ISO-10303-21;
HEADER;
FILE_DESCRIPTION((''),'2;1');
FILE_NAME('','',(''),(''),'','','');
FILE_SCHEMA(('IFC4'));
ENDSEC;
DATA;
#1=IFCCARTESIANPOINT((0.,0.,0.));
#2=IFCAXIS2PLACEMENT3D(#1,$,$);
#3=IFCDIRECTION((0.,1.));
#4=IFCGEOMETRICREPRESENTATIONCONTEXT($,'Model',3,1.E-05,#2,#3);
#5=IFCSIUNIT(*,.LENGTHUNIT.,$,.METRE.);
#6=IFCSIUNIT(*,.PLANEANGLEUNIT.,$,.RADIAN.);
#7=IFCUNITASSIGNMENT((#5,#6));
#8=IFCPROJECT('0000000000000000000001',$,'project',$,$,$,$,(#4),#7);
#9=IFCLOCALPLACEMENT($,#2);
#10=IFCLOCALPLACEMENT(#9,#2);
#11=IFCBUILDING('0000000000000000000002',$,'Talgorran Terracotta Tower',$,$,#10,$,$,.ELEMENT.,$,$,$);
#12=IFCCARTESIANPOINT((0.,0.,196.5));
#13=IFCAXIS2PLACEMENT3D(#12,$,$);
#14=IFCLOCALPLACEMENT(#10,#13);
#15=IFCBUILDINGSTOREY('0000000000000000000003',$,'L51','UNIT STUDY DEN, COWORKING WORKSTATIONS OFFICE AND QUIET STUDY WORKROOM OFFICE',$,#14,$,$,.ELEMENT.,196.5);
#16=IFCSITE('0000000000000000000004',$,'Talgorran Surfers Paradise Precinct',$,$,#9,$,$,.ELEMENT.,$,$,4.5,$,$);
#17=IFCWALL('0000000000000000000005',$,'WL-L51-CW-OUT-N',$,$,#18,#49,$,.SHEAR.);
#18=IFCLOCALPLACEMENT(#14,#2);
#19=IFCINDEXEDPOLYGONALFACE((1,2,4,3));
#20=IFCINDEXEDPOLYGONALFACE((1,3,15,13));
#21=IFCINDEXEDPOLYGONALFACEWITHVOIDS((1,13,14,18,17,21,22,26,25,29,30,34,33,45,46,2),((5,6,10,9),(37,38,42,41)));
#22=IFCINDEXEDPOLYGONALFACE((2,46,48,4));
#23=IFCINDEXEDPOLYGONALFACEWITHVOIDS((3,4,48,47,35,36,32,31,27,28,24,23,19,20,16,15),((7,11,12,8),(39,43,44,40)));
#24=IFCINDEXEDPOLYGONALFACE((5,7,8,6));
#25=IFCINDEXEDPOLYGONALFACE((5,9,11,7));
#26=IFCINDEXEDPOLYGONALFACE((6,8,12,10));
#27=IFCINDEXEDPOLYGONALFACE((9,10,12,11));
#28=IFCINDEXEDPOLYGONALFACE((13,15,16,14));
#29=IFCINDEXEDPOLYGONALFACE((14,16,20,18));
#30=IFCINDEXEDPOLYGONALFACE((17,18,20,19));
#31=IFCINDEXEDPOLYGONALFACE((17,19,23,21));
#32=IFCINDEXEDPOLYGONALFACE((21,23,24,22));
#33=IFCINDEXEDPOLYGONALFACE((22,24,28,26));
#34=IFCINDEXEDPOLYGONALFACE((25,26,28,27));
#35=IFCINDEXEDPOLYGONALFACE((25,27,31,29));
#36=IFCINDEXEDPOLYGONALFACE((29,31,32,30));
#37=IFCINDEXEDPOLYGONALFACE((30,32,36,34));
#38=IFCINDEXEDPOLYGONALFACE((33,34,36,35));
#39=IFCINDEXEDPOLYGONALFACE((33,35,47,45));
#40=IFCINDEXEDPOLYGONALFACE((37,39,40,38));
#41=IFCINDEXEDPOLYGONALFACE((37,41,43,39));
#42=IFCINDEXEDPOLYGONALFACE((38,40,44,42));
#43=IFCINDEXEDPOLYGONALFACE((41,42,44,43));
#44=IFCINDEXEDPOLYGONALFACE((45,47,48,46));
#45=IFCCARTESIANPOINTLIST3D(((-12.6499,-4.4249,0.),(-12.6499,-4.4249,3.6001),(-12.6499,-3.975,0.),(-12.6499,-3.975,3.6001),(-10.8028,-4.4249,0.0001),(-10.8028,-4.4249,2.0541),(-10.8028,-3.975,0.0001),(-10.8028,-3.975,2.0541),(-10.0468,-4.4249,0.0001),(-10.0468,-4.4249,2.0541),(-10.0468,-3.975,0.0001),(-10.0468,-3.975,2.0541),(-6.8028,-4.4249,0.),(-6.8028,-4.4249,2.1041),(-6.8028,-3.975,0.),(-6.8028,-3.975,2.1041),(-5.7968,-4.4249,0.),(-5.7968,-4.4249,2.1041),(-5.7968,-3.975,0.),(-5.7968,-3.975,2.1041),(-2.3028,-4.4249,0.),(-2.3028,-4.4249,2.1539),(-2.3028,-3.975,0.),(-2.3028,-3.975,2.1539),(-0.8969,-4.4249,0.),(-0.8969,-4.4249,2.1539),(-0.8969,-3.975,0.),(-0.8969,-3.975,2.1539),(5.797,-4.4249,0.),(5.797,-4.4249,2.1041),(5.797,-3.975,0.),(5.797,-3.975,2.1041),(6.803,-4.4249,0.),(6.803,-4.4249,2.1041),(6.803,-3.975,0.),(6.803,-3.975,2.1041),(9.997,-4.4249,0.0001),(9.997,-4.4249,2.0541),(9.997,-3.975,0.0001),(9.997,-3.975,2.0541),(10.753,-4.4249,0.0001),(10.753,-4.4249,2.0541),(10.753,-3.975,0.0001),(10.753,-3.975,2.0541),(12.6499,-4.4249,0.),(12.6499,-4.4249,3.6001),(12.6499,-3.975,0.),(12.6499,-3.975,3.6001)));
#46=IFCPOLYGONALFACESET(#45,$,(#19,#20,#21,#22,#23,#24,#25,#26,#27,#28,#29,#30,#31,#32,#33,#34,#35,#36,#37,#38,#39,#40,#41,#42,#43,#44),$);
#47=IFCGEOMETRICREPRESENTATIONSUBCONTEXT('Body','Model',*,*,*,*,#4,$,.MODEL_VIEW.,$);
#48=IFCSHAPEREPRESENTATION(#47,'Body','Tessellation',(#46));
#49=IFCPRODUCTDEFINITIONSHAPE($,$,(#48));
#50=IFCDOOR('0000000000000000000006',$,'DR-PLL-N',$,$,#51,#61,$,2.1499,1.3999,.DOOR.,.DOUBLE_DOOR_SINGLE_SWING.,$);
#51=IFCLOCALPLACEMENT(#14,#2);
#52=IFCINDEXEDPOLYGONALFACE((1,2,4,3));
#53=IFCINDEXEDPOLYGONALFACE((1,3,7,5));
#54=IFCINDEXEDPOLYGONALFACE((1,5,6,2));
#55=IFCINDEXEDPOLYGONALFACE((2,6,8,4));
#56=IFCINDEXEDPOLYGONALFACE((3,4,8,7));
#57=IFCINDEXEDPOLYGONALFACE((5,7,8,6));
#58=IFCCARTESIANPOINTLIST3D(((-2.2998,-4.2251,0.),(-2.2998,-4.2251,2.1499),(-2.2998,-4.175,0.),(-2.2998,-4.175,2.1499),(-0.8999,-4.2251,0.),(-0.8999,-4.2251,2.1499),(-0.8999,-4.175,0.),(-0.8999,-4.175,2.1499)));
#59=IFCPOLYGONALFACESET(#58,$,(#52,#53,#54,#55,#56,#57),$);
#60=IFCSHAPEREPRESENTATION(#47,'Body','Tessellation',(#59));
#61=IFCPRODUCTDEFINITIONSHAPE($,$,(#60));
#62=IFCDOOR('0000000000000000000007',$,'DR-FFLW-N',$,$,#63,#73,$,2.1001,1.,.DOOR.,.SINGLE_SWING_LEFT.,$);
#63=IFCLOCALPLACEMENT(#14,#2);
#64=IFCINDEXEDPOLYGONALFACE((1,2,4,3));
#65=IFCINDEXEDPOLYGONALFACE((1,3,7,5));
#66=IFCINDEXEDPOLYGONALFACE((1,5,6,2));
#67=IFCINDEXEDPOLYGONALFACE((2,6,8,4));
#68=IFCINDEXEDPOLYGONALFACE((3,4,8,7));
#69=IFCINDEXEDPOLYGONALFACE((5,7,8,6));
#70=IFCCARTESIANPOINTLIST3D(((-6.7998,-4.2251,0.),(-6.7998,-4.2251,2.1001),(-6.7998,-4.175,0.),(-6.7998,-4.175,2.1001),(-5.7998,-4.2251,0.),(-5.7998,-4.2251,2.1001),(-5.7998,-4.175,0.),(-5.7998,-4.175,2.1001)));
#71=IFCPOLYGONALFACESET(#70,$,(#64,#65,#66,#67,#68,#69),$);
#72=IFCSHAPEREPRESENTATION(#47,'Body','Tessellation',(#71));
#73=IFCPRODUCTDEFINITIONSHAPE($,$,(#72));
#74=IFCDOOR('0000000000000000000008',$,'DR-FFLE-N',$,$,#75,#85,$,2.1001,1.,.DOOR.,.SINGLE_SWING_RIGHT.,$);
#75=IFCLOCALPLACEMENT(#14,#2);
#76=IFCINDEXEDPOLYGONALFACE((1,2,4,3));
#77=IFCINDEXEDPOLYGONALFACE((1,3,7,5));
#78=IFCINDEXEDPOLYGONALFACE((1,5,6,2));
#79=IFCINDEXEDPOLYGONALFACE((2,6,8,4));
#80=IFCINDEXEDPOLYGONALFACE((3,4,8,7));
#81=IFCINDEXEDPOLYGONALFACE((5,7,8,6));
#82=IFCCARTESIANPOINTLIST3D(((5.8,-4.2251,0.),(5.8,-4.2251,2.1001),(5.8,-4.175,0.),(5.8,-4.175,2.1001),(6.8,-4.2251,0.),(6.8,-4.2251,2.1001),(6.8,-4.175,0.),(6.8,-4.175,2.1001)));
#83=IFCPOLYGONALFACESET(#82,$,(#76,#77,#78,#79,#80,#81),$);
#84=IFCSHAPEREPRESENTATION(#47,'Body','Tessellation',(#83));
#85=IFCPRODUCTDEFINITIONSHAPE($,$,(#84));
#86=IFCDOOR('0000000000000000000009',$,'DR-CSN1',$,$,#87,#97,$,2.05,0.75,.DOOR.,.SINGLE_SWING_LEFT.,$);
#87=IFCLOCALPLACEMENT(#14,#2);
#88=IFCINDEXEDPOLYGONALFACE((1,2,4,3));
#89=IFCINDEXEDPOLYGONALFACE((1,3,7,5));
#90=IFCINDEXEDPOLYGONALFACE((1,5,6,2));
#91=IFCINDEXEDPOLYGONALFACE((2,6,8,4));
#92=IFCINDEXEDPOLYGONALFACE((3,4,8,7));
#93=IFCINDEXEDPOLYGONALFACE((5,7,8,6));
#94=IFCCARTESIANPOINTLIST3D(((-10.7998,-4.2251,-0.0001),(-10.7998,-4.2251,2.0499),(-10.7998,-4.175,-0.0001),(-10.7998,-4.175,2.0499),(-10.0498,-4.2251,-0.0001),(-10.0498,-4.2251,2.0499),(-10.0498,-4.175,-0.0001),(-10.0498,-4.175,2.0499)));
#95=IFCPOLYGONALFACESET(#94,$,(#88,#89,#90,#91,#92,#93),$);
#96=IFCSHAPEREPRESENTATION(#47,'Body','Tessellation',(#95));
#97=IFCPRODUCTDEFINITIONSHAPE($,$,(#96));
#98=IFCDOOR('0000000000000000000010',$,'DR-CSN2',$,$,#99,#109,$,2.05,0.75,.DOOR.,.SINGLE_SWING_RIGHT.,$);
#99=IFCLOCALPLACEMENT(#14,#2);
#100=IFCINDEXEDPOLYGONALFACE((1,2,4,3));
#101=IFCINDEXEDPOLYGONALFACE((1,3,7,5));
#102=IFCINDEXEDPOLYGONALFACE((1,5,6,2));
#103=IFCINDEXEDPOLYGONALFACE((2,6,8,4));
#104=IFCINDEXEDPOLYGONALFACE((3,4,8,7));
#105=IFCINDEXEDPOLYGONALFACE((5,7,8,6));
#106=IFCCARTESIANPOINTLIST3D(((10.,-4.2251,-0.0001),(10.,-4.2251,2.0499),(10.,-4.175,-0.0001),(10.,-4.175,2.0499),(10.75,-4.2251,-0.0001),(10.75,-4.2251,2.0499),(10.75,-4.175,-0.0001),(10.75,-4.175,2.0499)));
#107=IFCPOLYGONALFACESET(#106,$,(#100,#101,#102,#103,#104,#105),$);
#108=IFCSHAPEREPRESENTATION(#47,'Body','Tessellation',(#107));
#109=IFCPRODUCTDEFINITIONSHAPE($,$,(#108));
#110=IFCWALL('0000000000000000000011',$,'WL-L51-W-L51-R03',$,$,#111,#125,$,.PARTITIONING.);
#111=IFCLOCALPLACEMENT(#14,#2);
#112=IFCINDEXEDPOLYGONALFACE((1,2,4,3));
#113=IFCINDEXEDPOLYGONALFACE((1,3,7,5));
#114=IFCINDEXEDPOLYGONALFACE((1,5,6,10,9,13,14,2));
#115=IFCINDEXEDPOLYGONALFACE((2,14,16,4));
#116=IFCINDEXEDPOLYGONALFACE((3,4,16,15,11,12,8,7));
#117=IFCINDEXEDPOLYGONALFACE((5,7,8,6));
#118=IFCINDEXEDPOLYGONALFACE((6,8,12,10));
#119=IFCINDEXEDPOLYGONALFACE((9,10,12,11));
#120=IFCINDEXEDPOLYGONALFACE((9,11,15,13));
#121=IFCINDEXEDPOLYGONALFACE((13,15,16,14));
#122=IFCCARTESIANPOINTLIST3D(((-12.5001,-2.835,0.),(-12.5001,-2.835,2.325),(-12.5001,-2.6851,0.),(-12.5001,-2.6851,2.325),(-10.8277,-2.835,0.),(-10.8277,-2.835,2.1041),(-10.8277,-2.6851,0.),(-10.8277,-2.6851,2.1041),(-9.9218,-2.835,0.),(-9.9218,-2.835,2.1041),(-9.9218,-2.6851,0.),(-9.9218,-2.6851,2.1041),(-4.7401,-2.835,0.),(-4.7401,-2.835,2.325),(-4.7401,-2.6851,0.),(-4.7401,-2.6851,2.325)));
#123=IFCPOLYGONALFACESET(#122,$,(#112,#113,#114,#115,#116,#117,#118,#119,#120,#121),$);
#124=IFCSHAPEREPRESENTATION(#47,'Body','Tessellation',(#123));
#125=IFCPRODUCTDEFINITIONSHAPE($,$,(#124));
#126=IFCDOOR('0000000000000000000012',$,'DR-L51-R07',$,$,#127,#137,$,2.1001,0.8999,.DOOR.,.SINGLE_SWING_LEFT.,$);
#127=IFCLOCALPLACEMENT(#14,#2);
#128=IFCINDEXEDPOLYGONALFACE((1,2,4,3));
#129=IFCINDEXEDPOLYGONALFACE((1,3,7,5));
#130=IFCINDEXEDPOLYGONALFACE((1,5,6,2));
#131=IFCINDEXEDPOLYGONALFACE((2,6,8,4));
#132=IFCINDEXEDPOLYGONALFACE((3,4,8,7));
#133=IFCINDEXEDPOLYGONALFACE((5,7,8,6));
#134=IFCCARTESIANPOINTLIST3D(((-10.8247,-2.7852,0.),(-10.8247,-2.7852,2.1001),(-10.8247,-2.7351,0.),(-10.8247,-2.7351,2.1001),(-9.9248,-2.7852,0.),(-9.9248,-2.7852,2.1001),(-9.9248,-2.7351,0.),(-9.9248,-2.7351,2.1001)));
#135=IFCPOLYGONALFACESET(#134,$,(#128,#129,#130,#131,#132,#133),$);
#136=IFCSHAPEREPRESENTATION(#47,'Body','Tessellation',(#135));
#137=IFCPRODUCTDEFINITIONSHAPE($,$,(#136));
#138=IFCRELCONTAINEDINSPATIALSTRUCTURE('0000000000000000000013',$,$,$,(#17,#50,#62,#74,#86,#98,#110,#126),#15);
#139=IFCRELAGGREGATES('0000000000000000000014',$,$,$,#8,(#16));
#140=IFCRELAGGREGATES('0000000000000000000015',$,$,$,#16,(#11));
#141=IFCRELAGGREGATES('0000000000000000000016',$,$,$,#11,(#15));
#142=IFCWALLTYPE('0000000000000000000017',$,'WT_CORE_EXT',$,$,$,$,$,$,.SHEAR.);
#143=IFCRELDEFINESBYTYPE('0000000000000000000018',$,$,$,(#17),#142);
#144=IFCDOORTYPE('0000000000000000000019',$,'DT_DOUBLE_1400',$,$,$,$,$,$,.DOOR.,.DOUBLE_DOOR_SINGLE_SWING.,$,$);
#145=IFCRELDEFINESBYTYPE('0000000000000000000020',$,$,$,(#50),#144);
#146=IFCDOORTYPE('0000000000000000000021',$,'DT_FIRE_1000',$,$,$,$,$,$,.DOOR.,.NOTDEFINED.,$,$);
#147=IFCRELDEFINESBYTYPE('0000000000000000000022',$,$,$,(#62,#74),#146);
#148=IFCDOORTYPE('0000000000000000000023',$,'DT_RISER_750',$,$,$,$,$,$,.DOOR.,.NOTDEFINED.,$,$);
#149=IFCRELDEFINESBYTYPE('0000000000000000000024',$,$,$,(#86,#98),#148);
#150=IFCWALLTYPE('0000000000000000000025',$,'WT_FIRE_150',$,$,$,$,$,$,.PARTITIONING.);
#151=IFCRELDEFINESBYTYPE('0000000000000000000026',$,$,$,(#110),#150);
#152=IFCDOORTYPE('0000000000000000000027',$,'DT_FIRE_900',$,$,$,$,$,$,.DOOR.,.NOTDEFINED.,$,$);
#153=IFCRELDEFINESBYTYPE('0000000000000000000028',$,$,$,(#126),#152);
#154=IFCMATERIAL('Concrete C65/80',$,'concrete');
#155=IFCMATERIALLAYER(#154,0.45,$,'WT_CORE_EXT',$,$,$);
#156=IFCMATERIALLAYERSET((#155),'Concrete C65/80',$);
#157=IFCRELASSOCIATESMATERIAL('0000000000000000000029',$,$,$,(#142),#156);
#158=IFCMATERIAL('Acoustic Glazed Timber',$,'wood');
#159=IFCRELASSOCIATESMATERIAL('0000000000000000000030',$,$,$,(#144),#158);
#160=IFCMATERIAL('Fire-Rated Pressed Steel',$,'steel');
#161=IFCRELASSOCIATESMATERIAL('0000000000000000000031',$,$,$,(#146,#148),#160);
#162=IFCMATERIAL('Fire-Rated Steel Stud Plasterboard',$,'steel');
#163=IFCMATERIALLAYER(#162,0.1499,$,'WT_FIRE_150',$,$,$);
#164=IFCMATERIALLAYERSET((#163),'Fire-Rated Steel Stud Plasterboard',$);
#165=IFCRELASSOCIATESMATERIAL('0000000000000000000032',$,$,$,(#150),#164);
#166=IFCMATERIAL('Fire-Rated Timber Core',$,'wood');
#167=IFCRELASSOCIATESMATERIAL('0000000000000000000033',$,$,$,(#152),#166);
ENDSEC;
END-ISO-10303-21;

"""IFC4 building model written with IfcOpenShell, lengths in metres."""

from ifc_helpers import new_model, si_unit, direction, frame, frame_2d, origin, place, context, subcontext, project, spatial, rectangle, extrude, material, layer, layer_set, type_object, element, fill, save


model = new_model("IFC4")

# Units and contexts
model_context = context("Model", 3, precision=1e-05, world=origin(), true_north=direction((0.0, 1.0)))
body_context = subcontext(model_context, "Body", "Model", "MODEL_VIEW")
ifc_project = project(units=[si_unit("LENGTHUNIT", "METRE"), si_unit("PLANEANGLEUNIT", "RADIAN")], contexts=[model_context])

# Site, building, storey
site_placement = place(None, origin())
site = spatial("IfcSite", under=ifc_project, at=site_placement, Name="Talgorran Surfers Paradise Precinct", CompositionType="ELEMENT", RefElevation=4.5)
building_placement = place(site_placement, origin())
building = spatial("IfcBuilding", under=site, at=building_placement, Name="Talgorran Terracotta Tower", CompositionType="ELEMENT")
storey_placement = place(building_placement, frame((0.0, 0.0, 196.5)))
storey = spatial("IfcBuildingStorey", under=building, at=storey_placement, Name="L51", Description="UNIT STUDY DEN, COWORKING WORKSTATIONS OFFICE AND QUIET STUDY WORKROOM OFFICE", CompositionType="ELEMENT", Elevation=196.5)

# Wall, openings, doors
ifc_material_1 = material(Name="Concrete C65/80", Category="concrete")
ifc_layer_1 = layer(ifc_material_1, 0.45, Name="WT_CORE_EXT")
ifc_layer_set_1 = layer_set([ifc_layer_1], Name="Concrete C65/80")
wall_type_1 = type_object("IfcWallType", Name="WT_CORE_EXT", PredefinedType="SHEAR", material=ifc_layer_set_1)
wall_1_placement = place(storey_placement, frame((-12.6499, -4.2, 0.0), z_axis=(0.0, 0.0, 1.0), x_axis=(1.0, 0.0, 0.0)))
wall_1 = element("IfcWall", 1, at=wall_1_placement, inside=storey, type_object=wall_type_1, Name="WL-L51-CW-OUT-N", PredefinedType="SHEAR", context=body_context, shape_type="SweptSolid", body=[
    extrude(rectangle(XDim=25.2998, YDim=0.45, at=frame_2d((12.6499, 0.0))), origin(), (0.0, 0.0, 1.0), 3.6001),
])
opening_1_placement = place(wall_1_placement, frame((1.8501, 0.0, 0.0)))
opening_1 = element("IfcOpeningElement", 2, at=opening_1_placement, cuts=wall_1, PredefinedType="OPENING", context=body_context, shape_type="SweptSolid", body=[
    extrude(rectangle(XDim=0.756, YDim=2.054, at=frame_2d((0.375, 1.0271))), frame((0.0, 0.2349, 0.0), z_axis=(0.0, -1.0, 0.0), x_axis=(1.0, 0.0, 0.0)), (0.0, 0.0, 1.0), 0.47),
])
opening_2_placement = place(wall_1_placement, frame((22.6499, 0.0, 0.0)))
opening_2 = element("IfcOpeningElement", 3, at=opening_2_placement, cuts=wall_1, PredefinedType="OPENING", context=body_context, shape_type="SweptSolid", body=[
    extrude(rectangle(XDim=0.756, YDim=2.054, at=frame_2d((0.375, 1.0271))), frame((0.0, 0.2349, 0.0), z_axis=(0.0, -1.0, 0.0), x_axis=(1.0, 0.0, 0.0)), (0.0, 0.0, 1.0), 0.47),
])
opening_3_placement = place(wall_1_placement, frame((5.8501, 0.0, 0.0)))
opening_3 = element("IfcOpeningElement", 4, at=opening_3_placement, cuts=wall_1, PredefinedType="OPENING", context=body_context, shape_type="SweptSolid", body=[
    extrude(rectangle(XDim=1.006, YDim=2.1041, at=frame_2d((0.5, 1.052))), frame((0.0, 0.2349, 0.0), z_axis=(0.0, -1.0, 0.0), x_axis=(1.0, 0.0, 0.0)), (0.0, 0.0, 1.0), 0.47),
])
opening_4_placement = place(wall_1_placement, frame((10.3501, 0.0, 0.0)))
opening_4 = element("IfcOpeningElement", 5, at=opening_4_placement, cuts=wall_1, PredefinedType="OPENING", context=body_context, shape_type="SweptSolid", body=[
    extrude(rectangle(XDim=1.4059, YDim=2.1539, at=frame_2d((0.7, 1.0769))), frame((0.0, 0.2349, 0.0), z_axis=(0.0, -1.0, 0.0), x_axis=(1.0, 0.0, 0.0)), (0.0, 0.0, 1.0), 0.47),
])
opening_5_placement = place(wall_1_placement, frame((18.45, 0.0, 0.0)))
opening_5 = element("IfcOpeningElement", 6, at=opening_5_placement, cuts=wall_1, PredefinedType="OPENING", context=body_context, shape_type="SweptSolid", body=[
    extrude(rectangle(XDim=1.006, YDim=2.1041, at=frame_2d((0.5, 1.052))), frame((0.0, 0.2349, 0.0), z_axis=(0.0, -1.0, 0.0), x_axis=(1.0, 0.0, 0.0)), (0.0, 0.0, 1.0), 0.47),
])
ifc_material_2 = material(Name="Acoustic Glazed Timber", Category="wood")
door_type_1 = type_object("IfcDoorType", Name="DT_DOUBLE_1400", OperationType="DOUBLE_DOOR_SINGLE_SWING", PredefinedType="DOOR", material=ifc_material_2)
door_1_placement = place(opening_4_placement, origin())
door_1 = element("IfcDoor", 7, at=door_1_placement, inside=storey, type_object=door_type_1, Name="DR-PLL-N", OperationType="DOUBLE_DOOR_SINGLE_SWING", OverallHeight=2.1499, OverallWidth=1.3999, PredefinedType="DOOR", context=body_context, shape_type="SweptSolid", body=[
    extrude(rectangle(XDim=1.3999, YDim=2.1499, at=frame_2d((0.7, 1.075))), frame((0.0, 0.0249, 0.0), z_axis=(0.0, -1.0, 0.0), x_axis=(1.0, 0.0, 0.0)), (0.0, 0.0, 1.0), 0.05),
])
fill(opening_4, door_1)
ifc_material_3 = material(Name="Fire-Rated Pressed Steel", Category="steel")
door_type_2 = type_object("IfcDoorType", Name="DT_FIRE_1000", OperationType="NOTDEFINED", PredefinedType="DOOR", material=ifc_material_3)
door_2_placement = place(opening_3_placement, origin())
door_2 = element("IfcDoor", 8, at=door_2_placement, inside=storey, type_object=door_type_2, Name="DR-FFLW-N", OperationType="SINGLE_SWING_LEFT", OverallHeight=2.1001, OverallWidth=1.0, PredefinedType="DOOR", context=body_context, shape_type="SweptSolid", body=[
    extrude(rectangle(XDim=1.0, YDim=2.1001, at=frame_2d((0.5, 1.05))), frame((0.0, 0.0249, 0.0), z_axis=(0.0, -1.0, 0.0), x_axis=(1.0, 0.0, 0.0)), (0.0, 0.0, 1.0), 0.05),
])
fill(opening_3, door_2)
door_3_placement = place(opening_5_placement, origin())
door_3 = element("IfcDoor", 9, at=door_3_placement, inside=storey, type_object=door_type_2, Name="DR-FFLE-N", OperationType="SINGLE_SWING_RIGHT", OverallHeight=2.1001, OverallWidth=1.0, PredefinedType="DOOR", context=body_context, shape_type="SweptSolid", body=[
    extrude(rectangle(XDim=1.0, YDim=2.1001, at=frame_2d((0.5, 1.05))), frame((0.0, 0.0249, 0.0), z_axis=(0.0, -1.0, 0.0), x_axis=(1.0, 0.0, 0.0)), (0.0, 0.0, 1.0), 0.05),
])
fill(opening_5, door_3)
door_type_3 = type_object("IfcDoorType", Name="DT_RISER_750", OperationType="NOTDEFINED", PredefinedType="DOOR", material=ifc_material_3)
door_4_placement = place(opening_1_placement, origin())
door_4 = element("IfcDoor", 10, at=door_4_placement, inside=storey, type_object=door_type_3, Name="DR-CSN1", OperationType="SINGLE_SWING_LEFT", OverallHeight=2.05, OverallWidth=0.75, PredefinedType="DOOR", context=body_context, shape_type="SweptSolid", body=[
    extrude(rectangle(XDim=0.75, YDim=2.05, at=frame_2d((0.375, 1.0249))), frame((0.0, 0.0249, 0.0), z_axis=(0.0, -1.0, 0.0), x_axis=(1.0, 0.0, 0.0)), (0.0, 0.0, 1.0), 0.05),
])
fill(opening_1, door_4)
door_5_placement = place(opening_2_placement, origin())
door_5 = element("IfcDoor", 11, at=door_5_placement, inside=storey, type_object=door_type_3, Name="DR-CSN2", OperationType="SINGLE_SWING_RIGHT", OverallHeight=2.05, OverallWidth=0.75, PredefinedType="DOOR", context=body_context, shape_type="SweptSolid", body=[
    extrude(rectangle(XDim=0.75, YDim=2.05, at=frame_2d((0.375, 1.0249))), frame((0.0, 0.0249, 0.0), z_axis=(0.0, -1.0, 0.0), x_axis=(1.0, 0.0, 0.0)), (0.0, 0.0, 1.0), 0.05),
])
fill(opening_2, door_5)

# Wall, opening, door
ifc_material_4 = material(Name="Fire-Rated Steel Stud Plasterboard", Category="steel")
ifc_layer_2 = layer(ifc_material_4, 0.1499, Name="WT_FIRE_150")
ifc_layer_set_2 = layer_set([ifc_layer_2], Name="Fire-Rated Steel Stud Plasterboard")
wall_type_2 = type_object("IfcWallType", Name="WT_FIRE_150", PredefinedType="PARTITIONING", material=ifc_layer_set_2)
wall_2_placement = place(storey_placement, frame((-12.5, -2.76, 0.0), z_axis=(0.0, 0.0, 1.0), x_axis=(1.0, 0.0, 0.0)))
wall_2 = element("IfcWall", 12, at=wall_2_placement, inside=storey, type_object=wall_type_2, Name="WL-L51-W-L51-R03", PredefinedType="PARTITIONING", context=body_context, shape_type="SweptSolid", body=[
    extrude(rectangle(XDim=7.76, YDim=0.1499, at=frame_2d((3.8799, 0.0))), origin(), (0.0, 0.0, 1.0), 2.325),
])
opening_6_placement = place(wall_2_placement, frame((1.6753, 0.0, 0.0)))
opening_6 = element("IfcOpeningElement", 13, at=opening_6_placement, cuts=wall_2, PredefinedType="OPENING", context=body_context, shape_type="SweptSolid", body=[
    extrude(rectangle(XDim=0.9059, YDim=2.1041, at=frame_2d((0.45, 1.052))), frame((0.0, 0.085, 0.0), z_axis=(0.0, -1.0, 0.0), x_axis=(1.0, 0.0, 0.0)), (0.0, 0.0, 1.0), 0.1699),
])
ifc_material_5 = material(Name="Fire-Rated Timber Core", Category="wood")
door_type_4 = type_object("IfcDoorType", Name="DT_FIRE_900", OperationType="NOTDEFINED", PredefinedType="DOOR", material=ifc_material_5)
door_6_placement = place(opening_6_placement, origin())
door_6 = element("IfcDoor", 14, at=door_6_placement, inside=storey, type_object=door_type_4, Name="DR-L51-R07", OperationType="SINGLE_SWING_LEFT", OverallHeight=2.1001, OverallWidth=0.8999, PredefinedType="DOOR", context=body_context, shape_type="SweptSolid", body=[
    extrude(rectangle(XDim=0.8999, YDim=2.1001, at=frame_2d((0.45, 1.05))), frame((0.0, 0.0249, 0.0), z_axis=(0.0, -1.0, 0.0), x_axis=(1.0, 0.0, 0.0)), (0.0, 0.0, 1.0), 0.05),
])
fill(opening_6, door_6)

save(model, "model.ifc")
